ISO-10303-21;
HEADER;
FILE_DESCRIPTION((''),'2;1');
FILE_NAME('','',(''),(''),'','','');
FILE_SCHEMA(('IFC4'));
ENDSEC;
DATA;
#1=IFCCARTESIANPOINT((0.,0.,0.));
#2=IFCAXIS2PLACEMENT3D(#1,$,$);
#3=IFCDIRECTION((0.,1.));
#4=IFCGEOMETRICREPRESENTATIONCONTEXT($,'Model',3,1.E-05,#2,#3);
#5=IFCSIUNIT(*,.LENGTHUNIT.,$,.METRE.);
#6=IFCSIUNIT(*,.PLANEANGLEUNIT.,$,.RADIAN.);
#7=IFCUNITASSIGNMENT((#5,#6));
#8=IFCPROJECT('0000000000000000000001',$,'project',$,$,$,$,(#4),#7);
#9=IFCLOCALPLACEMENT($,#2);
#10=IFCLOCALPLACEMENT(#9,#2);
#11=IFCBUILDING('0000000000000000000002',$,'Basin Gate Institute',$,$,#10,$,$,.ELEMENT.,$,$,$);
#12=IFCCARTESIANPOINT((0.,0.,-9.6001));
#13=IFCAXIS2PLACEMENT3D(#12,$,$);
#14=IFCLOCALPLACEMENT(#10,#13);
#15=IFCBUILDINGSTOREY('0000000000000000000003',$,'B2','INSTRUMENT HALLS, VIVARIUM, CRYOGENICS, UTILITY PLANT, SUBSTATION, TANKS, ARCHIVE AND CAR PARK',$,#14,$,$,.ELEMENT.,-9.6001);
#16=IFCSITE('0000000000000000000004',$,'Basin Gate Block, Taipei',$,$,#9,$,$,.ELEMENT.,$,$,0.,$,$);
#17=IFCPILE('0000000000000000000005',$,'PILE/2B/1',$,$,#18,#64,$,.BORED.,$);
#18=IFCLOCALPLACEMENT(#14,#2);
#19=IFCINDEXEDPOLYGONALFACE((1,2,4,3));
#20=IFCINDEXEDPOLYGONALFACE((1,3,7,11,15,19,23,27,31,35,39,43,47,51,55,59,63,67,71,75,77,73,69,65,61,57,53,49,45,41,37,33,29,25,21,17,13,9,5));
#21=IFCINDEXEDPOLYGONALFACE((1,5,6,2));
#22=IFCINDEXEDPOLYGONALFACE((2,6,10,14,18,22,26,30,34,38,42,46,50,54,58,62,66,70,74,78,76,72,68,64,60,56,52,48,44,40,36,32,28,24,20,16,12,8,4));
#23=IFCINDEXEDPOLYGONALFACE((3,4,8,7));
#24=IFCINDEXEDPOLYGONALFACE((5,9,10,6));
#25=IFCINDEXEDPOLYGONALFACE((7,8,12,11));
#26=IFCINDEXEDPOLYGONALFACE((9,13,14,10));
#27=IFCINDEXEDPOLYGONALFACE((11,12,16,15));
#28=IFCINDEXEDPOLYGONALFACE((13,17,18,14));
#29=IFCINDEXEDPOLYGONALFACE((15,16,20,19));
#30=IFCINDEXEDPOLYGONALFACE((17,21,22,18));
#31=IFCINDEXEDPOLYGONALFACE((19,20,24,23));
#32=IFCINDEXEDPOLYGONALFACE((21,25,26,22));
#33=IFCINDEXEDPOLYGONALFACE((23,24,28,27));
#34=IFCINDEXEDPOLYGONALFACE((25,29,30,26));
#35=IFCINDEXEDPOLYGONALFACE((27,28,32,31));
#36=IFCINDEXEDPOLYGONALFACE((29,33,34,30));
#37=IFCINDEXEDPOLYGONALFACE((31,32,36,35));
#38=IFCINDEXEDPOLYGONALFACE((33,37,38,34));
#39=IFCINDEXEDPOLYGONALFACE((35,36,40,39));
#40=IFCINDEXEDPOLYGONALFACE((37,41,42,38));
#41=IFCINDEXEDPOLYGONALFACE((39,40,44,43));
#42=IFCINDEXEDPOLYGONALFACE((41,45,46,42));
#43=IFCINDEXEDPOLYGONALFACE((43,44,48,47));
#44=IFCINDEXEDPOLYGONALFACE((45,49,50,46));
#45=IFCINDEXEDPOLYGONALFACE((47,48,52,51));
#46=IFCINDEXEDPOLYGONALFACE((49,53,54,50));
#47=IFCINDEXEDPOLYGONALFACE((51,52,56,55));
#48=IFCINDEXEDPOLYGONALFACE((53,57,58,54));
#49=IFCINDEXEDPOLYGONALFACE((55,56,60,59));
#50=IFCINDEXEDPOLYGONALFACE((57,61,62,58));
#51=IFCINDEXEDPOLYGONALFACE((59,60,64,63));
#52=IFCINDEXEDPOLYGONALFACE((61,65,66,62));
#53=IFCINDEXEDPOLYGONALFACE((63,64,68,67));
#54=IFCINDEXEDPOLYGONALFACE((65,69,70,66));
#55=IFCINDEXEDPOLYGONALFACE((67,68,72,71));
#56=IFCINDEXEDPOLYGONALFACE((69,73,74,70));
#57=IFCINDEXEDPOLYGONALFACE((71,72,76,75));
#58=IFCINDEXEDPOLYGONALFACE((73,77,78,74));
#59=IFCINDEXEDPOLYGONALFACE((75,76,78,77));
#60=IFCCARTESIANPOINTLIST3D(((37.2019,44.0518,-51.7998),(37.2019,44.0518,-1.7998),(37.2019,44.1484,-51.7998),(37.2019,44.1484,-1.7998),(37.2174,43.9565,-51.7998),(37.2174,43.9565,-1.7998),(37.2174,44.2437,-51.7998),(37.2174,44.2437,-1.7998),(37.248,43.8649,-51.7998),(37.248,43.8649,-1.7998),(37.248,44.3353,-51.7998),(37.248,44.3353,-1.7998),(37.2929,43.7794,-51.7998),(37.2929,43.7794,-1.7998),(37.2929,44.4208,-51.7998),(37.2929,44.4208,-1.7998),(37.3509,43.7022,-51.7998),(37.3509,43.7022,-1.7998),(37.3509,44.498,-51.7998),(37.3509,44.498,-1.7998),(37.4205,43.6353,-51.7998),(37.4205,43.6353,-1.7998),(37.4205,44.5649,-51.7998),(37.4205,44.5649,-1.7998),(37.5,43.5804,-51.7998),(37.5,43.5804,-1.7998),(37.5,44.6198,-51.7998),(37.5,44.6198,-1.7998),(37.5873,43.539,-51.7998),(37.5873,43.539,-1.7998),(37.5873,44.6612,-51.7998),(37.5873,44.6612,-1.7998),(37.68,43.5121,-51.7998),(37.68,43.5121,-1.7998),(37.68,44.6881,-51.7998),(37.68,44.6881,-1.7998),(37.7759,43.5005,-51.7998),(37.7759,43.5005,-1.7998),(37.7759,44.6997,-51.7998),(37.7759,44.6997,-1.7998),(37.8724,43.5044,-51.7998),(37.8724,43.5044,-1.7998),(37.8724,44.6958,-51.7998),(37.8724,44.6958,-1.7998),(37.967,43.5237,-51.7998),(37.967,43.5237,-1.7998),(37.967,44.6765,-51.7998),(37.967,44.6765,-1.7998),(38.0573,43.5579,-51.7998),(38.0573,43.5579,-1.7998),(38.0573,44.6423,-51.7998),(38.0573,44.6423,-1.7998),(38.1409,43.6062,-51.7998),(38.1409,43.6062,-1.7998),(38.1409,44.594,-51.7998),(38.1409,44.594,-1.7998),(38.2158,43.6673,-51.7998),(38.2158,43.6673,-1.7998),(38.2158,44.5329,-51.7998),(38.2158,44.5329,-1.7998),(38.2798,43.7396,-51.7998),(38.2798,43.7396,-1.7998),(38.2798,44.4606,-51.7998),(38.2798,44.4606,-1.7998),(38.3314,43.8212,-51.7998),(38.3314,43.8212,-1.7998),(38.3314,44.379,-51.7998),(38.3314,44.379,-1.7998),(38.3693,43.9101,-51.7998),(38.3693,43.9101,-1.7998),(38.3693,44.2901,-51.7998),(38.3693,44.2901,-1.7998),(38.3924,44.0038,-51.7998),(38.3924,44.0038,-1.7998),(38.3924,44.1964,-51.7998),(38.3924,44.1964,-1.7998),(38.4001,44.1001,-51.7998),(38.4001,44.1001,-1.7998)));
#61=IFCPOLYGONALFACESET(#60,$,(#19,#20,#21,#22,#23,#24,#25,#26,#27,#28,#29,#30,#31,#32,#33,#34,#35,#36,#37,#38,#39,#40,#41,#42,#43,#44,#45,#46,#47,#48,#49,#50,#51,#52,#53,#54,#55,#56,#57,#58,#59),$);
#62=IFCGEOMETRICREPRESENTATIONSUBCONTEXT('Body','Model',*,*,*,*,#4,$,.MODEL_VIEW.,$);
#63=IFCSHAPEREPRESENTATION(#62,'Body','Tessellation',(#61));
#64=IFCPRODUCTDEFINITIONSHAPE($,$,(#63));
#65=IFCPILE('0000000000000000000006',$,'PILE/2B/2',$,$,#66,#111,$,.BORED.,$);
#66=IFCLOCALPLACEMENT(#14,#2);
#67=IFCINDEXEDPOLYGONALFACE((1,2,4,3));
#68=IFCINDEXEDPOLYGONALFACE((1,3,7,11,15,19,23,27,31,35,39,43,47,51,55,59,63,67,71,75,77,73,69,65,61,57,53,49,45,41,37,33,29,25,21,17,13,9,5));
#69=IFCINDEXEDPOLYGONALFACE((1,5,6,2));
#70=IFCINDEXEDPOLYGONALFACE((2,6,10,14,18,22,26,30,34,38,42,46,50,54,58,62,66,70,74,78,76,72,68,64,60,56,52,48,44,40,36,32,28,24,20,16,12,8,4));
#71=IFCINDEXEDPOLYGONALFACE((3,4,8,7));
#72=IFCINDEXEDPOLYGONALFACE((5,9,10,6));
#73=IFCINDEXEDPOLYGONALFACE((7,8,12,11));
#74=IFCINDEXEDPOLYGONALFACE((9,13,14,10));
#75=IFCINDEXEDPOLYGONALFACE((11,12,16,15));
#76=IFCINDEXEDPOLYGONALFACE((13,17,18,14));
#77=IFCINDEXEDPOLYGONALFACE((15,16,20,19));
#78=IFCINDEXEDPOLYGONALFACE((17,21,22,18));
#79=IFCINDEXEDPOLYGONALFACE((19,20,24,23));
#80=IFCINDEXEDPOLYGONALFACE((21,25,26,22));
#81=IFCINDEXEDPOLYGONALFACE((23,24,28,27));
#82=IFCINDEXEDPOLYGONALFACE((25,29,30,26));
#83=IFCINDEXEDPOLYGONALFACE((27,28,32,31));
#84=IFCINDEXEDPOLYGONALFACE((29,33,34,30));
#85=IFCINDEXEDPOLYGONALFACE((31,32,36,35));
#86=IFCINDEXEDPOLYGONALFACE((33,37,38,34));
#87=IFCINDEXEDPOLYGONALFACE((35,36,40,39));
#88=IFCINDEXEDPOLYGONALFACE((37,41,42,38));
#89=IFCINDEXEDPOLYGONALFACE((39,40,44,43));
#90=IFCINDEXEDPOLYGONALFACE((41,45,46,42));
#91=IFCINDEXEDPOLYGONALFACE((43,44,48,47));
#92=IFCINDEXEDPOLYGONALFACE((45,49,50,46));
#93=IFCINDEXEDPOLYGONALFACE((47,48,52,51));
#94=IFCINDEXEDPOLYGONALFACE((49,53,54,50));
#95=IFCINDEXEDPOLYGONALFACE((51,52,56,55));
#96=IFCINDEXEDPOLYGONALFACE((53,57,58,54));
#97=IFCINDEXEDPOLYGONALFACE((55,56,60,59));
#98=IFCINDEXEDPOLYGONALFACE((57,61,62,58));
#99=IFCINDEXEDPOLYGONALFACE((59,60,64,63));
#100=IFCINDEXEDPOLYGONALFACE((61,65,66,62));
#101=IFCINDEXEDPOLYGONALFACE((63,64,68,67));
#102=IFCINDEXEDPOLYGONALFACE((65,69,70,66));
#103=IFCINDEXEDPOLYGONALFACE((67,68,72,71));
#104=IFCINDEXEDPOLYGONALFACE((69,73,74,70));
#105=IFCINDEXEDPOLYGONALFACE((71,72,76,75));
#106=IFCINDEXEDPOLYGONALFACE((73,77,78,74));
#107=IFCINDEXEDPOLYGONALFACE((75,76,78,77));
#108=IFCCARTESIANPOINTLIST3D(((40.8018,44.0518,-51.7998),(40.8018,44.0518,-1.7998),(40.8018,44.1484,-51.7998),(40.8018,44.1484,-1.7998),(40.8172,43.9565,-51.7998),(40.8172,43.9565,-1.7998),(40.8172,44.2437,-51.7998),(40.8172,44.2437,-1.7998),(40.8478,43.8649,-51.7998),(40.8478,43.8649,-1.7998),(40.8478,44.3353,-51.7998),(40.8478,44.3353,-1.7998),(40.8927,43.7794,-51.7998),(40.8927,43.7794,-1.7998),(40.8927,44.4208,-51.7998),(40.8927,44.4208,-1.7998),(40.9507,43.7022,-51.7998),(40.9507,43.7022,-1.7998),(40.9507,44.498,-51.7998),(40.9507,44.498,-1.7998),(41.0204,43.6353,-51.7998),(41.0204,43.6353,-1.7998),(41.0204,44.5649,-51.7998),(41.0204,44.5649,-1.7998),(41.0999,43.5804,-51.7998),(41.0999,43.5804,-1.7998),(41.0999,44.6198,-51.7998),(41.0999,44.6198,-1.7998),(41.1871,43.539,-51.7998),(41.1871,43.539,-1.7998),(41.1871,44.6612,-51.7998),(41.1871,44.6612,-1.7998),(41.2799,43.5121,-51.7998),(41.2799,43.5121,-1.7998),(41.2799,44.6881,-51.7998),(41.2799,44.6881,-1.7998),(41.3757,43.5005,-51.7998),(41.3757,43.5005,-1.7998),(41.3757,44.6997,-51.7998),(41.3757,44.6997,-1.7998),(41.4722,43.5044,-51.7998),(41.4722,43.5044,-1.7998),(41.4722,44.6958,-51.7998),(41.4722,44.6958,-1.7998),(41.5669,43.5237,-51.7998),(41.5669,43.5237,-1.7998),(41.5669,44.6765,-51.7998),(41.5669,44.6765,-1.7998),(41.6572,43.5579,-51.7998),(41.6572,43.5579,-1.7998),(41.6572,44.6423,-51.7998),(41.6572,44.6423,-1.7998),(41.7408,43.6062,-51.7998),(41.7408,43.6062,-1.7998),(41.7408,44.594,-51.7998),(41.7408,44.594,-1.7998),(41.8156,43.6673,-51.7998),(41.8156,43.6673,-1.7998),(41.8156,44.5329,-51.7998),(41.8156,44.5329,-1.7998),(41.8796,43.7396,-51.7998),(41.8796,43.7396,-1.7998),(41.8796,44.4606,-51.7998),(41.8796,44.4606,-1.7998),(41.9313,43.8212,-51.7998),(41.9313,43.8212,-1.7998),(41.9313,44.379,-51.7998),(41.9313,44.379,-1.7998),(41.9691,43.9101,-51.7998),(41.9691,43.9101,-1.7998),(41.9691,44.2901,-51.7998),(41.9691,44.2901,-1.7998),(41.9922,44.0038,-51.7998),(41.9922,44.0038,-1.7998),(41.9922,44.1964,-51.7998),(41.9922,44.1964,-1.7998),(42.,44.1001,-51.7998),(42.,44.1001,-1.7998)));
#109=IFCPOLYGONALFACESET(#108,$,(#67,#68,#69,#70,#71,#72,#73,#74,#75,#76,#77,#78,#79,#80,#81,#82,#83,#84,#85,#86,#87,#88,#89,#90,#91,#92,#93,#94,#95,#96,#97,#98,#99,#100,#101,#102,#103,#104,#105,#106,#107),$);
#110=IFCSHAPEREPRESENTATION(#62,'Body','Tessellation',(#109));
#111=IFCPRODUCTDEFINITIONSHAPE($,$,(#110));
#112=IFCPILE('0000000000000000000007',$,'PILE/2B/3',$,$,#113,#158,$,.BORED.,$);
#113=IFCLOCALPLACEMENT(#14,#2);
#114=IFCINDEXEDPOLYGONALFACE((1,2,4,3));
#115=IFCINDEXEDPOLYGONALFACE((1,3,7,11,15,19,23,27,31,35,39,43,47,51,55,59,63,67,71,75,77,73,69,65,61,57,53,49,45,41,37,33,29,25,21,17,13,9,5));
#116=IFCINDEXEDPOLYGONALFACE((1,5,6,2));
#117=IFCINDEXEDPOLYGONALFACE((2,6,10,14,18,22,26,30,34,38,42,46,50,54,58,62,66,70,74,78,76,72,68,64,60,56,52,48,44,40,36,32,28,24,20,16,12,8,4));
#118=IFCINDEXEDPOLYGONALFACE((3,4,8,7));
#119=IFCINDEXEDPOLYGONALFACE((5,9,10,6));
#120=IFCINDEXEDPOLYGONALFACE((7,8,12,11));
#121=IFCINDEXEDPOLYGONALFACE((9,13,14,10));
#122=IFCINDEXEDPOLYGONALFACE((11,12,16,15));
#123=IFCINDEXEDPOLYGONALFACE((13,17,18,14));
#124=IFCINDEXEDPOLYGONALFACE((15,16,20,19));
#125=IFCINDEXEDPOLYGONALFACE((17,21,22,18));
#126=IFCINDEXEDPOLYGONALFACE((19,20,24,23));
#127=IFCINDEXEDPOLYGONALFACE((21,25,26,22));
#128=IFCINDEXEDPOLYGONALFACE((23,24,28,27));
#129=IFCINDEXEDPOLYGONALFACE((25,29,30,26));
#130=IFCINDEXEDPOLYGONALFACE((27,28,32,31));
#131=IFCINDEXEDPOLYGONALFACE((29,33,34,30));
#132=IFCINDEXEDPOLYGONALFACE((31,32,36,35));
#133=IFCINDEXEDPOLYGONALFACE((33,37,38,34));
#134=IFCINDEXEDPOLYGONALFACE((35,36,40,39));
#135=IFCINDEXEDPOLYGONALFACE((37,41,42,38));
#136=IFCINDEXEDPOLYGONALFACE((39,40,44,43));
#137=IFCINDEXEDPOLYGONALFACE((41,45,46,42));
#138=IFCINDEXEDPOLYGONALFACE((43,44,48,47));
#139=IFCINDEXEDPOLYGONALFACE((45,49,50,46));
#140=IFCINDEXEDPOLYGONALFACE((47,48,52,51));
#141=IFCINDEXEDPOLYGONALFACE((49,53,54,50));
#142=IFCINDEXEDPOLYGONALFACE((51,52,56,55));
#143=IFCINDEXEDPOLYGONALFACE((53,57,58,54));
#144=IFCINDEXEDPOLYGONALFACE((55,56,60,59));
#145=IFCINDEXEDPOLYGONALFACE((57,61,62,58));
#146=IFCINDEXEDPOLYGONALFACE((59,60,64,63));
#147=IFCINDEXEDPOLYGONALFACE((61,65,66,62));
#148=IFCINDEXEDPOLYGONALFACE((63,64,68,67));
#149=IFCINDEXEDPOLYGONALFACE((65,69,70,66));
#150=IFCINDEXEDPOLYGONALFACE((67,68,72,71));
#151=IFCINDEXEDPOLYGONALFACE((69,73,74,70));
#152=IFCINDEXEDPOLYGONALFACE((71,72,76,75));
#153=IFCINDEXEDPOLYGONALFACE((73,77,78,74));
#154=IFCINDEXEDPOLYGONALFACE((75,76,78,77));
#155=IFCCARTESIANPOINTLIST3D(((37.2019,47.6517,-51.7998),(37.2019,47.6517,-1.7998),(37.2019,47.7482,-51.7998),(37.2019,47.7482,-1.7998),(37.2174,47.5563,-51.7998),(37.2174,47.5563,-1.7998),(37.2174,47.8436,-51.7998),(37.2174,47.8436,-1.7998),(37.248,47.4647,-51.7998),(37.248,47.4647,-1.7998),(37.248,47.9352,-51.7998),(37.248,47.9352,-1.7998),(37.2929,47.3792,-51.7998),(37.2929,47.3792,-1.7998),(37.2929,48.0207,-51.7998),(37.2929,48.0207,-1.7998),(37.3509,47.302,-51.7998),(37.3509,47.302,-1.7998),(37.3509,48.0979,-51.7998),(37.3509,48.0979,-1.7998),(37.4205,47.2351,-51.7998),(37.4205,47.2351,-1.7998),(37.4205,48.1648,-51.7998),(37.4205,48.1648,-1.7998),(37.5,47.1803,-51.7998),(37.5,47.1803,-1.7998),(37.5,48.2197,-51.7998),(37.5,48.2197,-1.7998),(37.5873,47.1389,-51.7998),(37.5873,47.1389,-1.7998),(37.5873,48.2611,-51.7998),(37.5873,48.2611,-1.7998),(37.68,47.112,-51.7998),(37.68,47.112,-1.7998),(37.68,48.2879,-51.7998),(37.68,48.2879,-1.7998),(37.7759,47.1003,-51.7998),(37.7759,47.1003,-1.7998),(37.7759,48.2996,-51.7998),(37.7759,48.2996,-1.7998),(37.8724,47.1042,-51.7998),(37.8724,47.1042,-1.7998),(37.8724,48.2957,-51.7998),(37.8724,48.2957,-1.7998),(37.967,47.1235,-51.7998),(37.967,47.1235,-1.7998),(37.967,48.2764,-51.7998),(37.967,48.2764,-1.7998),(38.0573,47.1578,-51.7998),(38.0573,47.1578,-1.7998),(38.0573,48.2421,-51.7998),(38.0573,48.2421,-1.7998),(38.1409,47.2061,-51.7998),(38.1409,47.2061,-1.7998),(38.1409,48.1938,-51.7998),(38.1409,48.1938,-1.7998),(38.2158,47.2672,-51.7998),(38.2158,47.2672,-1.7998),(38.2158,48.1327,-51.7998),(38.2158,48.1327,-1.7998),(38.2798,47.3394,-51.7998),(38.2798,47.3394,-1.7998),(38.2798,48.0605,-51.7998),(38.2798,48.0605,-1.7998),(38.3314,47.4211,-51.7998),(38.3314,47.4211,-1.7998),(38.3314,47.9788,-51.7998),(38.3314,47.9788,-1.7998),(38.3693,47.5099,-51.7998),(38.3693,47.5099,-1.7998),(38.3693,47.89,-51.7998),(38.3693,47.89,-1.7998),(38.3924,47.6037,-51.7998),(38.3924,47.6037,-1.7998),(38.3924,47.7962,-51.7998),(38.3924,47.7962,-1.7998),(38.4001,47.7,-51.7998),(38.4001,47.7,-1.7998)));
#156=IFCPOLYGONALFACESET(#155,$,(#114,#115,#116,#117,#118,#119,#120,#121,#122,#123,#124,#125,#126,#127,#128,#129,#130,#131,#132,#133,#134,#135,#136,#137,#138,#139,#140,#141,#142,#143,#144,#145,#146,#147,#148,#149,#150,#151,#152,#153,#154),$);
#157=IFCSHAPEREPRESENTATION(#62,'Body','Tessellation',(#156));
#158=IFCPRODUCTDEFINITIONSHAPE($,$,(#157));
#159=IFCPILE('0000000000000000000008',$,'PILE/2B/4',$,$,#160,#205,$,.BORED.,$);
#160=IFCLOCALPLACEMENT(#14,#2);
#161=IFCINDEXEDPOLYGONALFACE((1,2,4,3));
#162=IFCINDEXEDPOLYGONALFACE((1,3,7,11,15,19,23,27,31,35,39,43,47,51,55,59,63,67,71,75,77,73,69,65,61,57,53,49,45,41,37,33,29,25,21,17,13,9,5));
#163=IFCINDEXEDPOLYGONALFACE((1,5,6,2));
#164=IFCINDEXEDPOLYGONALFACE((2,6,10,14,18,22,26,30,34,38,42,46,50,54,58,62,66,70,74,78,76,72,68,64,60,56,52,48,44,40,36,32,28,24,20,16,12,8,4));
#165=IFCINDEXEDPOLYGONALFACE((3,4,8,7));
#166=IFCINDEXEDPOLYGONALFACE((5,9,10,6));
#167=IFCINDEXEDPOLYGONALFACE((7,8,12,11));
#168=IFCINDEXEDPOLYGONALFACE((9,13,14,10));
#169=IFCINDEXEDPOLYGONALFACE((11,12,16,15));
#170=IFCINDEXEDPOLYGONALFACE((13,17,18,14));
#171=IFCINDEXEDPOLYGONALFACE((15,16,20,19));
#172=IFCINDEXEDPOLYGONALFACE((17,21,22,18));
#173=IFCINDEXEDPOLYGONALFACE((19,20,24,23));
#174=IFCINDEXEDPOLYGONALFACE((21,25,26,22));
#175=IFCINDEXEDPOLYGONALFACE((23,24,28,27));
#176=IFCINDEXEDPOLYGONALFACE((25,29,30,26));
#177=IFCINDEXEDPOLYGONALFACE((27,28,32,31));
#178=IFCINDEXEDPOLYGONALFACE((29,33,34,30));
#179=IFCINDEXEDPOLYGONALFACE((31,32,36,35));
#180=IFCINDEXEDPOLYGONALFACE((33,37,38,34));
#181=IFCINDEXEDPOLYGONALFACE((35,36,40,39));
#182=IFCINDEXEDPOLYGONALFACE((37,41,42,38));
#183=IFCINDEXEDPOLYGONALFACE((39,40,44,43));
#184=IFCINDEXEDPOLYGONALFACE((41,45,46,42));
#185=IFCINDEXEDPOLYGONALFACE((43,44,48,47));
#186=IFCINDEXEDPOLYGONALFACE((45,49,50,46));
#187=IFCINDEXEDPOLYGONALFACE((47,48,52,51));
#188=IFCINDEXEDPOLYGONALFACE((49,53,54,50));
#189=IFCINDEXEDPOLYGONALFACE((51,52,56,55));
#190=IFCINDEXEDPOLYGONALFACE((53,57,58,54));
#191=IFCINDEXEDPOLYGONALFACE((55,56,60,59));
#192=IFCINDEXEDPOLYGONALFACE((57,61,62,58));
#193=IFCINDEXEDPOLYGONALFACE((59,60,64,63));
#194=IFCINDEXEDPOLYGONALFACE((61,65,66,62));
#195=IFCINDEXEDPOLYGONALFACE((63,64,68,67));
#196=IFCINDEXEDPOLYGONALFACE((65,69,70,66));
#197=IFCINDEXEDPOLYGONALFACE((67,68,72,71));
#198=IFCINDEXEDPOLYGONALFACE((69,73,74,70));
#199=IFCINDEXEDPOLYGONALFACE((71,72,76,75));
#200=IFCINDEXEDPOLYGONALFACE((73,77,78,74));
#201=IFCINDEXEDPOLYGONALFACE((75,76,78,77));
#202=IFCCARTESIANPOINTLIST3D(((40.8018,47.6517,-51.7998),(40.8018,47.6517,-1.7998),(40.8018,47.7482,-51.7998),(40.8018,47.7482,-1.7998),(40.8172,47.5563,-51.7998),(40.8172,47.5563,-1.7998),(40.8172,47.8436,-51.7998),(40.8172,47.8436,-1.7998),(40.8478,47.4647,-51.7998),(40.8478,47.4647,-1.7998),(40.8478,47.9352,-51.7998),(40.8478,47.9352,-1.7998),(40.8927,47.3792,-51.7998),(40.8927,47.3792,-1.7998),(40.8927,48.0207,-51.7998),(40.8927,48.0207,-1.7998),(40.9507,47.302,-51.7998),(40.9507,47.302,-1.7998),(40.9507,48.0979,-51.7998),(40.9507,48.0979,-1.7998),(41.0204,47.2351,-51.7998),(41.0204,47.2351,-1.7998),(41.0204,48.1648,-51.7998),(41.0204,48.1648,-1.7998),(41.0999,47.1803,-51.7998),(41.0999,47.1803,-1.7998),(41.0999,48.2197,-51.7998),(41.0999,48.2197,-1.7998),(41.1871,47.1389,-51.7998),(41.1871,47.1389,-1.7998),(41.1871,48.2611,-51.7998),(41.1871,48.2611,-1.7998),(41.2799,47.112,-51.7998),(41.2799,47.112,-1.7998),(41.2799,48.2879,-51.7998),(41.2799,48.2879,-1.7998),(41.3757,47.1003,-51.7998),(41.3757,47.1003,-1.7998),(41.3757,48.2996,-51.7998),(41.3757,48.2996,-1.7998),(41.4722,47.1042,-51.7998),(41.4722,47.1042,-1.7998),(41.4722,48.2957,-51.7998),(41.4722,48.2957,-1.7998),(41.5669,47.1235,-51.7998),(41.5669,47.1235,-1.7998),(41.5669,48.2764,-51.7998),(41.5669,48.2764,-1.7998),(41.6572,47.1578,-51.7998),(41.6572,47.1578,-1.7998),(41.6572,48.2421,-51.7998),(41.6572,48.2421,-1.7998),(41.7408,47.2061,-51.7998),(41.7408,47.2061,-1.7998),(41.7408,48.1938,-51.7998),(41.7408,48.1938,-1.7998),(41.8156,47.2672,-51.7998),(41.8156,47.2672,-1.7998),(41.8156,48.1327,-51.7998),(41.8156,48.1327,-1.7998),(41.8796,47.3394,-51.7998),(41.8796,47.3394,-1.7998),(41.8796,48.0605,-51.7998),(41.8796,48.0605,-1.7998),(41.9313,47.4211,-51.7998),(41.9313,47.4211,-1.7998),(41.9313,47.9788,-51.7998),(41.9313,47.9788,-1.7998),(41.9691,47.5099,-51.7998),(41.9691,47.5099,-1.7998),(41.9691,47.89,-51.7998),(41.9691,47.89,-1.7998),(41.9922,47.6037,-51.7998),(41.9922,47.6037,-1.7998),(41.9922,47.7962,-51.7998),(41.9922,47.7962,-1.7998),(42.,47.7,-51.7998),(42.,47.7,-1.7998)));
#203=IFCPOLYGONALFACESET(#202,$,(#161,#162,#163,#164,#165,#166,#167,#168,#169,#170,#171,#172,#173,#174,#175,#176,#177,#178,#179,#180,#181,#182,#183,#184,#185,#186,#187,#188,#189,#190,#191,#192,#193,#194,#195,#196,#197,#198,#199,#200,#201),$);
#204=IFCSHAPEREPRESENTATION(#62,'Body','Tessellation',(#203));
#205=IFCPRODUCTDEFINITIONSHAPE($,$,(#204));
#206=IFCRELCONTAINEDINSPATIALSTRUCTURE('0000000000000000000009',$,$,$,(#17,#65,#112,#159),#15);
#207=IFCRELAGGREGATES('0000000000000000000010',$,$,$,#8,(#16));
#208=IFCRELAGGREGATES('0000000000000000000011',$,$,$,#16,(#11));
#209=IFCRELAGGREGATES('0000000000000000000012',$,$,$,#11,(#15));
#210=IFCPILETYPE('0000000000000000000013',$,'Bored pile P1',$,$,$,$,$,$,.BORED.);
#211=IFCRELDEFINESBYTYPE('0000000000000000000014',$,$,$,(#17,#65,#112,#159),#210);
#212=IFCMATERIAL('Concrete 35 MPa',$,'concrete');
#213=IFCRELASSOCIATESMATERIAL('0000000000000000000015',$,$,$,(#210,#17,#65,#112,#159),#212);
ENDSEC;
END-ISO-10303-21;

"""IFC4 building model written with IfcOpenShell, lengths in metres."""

from ifc_helpers import new_model, si_unit, direction, frame, origin, origin_2d, place, context, subcontext, project, spatial, circle, extrude, material, material_profile, profile_set, type_object, element, save


model = new_model("IFC4")

# Units and contexts
model_context = context("Model", 3, precision=1e-05, world=origin(), true_north=direction((0.0, 1.0)))
body_context = subcontext(model_context, "Body", "Model", "MODEL_VIEW")
ifc_project = project(units=[si_unit("LENGTHUNIT", "METRE"), si_unit("PLANEANGLEUNIT", "RADIAN")], contexts=[model_context])

# Site, building, storey
site_placement = place(None, origin())
site = spatial("IfcSite", under=ifc_project, at=site_placement, Name="Basin Gate Block, Taipei", CompositionType="ELEMENT", RefElevation=0.0)
building_placement = place(site_placement, origin())
building = spatial("IfcBuilding", under=site, at=building_placement, Name="Basin Gate Institute", CompositionType="ELEMENT")
storey_placement = place(building_placement, frame((0.0, 0.0, -9.6001)))
storey = spatial("IfcBuildingStorey", under=building, at=storey_placement, Name="B2", Description="INSTRUMENT HALLS, VIVARIUM, CRYOGENICS, UTILITY PLANT, SUBSTATION, TANKS, ARCHIVE AND CAR PARK", CompositionType="ELEMENT", Elevation=-9.6001)

# Piles
ifc_material_1 = material(Name="Concrete 35 MPa", Category="concrete")
ifc_material_profile = material_profile(ifc_material_1, circle(Radius=0.6001, at=origin_2d()), Name="Bored pile P1 1200 dia")
ifc_profile_set = profile_set([ifc_material_profile], Name="Concrete 35 MPa")
pile_type = type_object("IfcPileType", Name="Bored pile P1", PredefinedType="BORED", material=ifc_profile_set)
for number, where, z_axis, x_axis, name in (
    (1, (37.8, 44.1001, -1.7998), (0.0, 0.0, -1.0), (1.0, 0.0, 0.0), "PILE/2B/1"),
    (2, (41.3999, 44.1001, -1.7998), (0.0, 0.0, -1.0), (1.0, 0.0, 0.0), "PILE/2B/2"),
    (3, (37.8, 47.7, -1.7998), (0.0, 0.0, -1.0), (1.0, 0.0, 0.0), "PILE/2B/3"),
    (4, (41.3999, 47.7, -1.7998), (0.0, 0.0, -1.0), (1.0, 0.0, 0.0), "PILE/2B/4"),
):
    element("IfcPile", number, at=place(storey_placement, frame(where, z_axis=z_axis, x_axis=x_axis)), inside=storey, type_object=pile_type, material=ifc_profile_set, Name=name, PredefinedType="BORED", context=body_context, shape_type="SweptSolid", body=[
        extrude(circle(Radius=0.6001, at=origin_2d()), origin(), (0.0, 0.0, 1.0), 50.0),
    ])

save(model, "model.ifc")
